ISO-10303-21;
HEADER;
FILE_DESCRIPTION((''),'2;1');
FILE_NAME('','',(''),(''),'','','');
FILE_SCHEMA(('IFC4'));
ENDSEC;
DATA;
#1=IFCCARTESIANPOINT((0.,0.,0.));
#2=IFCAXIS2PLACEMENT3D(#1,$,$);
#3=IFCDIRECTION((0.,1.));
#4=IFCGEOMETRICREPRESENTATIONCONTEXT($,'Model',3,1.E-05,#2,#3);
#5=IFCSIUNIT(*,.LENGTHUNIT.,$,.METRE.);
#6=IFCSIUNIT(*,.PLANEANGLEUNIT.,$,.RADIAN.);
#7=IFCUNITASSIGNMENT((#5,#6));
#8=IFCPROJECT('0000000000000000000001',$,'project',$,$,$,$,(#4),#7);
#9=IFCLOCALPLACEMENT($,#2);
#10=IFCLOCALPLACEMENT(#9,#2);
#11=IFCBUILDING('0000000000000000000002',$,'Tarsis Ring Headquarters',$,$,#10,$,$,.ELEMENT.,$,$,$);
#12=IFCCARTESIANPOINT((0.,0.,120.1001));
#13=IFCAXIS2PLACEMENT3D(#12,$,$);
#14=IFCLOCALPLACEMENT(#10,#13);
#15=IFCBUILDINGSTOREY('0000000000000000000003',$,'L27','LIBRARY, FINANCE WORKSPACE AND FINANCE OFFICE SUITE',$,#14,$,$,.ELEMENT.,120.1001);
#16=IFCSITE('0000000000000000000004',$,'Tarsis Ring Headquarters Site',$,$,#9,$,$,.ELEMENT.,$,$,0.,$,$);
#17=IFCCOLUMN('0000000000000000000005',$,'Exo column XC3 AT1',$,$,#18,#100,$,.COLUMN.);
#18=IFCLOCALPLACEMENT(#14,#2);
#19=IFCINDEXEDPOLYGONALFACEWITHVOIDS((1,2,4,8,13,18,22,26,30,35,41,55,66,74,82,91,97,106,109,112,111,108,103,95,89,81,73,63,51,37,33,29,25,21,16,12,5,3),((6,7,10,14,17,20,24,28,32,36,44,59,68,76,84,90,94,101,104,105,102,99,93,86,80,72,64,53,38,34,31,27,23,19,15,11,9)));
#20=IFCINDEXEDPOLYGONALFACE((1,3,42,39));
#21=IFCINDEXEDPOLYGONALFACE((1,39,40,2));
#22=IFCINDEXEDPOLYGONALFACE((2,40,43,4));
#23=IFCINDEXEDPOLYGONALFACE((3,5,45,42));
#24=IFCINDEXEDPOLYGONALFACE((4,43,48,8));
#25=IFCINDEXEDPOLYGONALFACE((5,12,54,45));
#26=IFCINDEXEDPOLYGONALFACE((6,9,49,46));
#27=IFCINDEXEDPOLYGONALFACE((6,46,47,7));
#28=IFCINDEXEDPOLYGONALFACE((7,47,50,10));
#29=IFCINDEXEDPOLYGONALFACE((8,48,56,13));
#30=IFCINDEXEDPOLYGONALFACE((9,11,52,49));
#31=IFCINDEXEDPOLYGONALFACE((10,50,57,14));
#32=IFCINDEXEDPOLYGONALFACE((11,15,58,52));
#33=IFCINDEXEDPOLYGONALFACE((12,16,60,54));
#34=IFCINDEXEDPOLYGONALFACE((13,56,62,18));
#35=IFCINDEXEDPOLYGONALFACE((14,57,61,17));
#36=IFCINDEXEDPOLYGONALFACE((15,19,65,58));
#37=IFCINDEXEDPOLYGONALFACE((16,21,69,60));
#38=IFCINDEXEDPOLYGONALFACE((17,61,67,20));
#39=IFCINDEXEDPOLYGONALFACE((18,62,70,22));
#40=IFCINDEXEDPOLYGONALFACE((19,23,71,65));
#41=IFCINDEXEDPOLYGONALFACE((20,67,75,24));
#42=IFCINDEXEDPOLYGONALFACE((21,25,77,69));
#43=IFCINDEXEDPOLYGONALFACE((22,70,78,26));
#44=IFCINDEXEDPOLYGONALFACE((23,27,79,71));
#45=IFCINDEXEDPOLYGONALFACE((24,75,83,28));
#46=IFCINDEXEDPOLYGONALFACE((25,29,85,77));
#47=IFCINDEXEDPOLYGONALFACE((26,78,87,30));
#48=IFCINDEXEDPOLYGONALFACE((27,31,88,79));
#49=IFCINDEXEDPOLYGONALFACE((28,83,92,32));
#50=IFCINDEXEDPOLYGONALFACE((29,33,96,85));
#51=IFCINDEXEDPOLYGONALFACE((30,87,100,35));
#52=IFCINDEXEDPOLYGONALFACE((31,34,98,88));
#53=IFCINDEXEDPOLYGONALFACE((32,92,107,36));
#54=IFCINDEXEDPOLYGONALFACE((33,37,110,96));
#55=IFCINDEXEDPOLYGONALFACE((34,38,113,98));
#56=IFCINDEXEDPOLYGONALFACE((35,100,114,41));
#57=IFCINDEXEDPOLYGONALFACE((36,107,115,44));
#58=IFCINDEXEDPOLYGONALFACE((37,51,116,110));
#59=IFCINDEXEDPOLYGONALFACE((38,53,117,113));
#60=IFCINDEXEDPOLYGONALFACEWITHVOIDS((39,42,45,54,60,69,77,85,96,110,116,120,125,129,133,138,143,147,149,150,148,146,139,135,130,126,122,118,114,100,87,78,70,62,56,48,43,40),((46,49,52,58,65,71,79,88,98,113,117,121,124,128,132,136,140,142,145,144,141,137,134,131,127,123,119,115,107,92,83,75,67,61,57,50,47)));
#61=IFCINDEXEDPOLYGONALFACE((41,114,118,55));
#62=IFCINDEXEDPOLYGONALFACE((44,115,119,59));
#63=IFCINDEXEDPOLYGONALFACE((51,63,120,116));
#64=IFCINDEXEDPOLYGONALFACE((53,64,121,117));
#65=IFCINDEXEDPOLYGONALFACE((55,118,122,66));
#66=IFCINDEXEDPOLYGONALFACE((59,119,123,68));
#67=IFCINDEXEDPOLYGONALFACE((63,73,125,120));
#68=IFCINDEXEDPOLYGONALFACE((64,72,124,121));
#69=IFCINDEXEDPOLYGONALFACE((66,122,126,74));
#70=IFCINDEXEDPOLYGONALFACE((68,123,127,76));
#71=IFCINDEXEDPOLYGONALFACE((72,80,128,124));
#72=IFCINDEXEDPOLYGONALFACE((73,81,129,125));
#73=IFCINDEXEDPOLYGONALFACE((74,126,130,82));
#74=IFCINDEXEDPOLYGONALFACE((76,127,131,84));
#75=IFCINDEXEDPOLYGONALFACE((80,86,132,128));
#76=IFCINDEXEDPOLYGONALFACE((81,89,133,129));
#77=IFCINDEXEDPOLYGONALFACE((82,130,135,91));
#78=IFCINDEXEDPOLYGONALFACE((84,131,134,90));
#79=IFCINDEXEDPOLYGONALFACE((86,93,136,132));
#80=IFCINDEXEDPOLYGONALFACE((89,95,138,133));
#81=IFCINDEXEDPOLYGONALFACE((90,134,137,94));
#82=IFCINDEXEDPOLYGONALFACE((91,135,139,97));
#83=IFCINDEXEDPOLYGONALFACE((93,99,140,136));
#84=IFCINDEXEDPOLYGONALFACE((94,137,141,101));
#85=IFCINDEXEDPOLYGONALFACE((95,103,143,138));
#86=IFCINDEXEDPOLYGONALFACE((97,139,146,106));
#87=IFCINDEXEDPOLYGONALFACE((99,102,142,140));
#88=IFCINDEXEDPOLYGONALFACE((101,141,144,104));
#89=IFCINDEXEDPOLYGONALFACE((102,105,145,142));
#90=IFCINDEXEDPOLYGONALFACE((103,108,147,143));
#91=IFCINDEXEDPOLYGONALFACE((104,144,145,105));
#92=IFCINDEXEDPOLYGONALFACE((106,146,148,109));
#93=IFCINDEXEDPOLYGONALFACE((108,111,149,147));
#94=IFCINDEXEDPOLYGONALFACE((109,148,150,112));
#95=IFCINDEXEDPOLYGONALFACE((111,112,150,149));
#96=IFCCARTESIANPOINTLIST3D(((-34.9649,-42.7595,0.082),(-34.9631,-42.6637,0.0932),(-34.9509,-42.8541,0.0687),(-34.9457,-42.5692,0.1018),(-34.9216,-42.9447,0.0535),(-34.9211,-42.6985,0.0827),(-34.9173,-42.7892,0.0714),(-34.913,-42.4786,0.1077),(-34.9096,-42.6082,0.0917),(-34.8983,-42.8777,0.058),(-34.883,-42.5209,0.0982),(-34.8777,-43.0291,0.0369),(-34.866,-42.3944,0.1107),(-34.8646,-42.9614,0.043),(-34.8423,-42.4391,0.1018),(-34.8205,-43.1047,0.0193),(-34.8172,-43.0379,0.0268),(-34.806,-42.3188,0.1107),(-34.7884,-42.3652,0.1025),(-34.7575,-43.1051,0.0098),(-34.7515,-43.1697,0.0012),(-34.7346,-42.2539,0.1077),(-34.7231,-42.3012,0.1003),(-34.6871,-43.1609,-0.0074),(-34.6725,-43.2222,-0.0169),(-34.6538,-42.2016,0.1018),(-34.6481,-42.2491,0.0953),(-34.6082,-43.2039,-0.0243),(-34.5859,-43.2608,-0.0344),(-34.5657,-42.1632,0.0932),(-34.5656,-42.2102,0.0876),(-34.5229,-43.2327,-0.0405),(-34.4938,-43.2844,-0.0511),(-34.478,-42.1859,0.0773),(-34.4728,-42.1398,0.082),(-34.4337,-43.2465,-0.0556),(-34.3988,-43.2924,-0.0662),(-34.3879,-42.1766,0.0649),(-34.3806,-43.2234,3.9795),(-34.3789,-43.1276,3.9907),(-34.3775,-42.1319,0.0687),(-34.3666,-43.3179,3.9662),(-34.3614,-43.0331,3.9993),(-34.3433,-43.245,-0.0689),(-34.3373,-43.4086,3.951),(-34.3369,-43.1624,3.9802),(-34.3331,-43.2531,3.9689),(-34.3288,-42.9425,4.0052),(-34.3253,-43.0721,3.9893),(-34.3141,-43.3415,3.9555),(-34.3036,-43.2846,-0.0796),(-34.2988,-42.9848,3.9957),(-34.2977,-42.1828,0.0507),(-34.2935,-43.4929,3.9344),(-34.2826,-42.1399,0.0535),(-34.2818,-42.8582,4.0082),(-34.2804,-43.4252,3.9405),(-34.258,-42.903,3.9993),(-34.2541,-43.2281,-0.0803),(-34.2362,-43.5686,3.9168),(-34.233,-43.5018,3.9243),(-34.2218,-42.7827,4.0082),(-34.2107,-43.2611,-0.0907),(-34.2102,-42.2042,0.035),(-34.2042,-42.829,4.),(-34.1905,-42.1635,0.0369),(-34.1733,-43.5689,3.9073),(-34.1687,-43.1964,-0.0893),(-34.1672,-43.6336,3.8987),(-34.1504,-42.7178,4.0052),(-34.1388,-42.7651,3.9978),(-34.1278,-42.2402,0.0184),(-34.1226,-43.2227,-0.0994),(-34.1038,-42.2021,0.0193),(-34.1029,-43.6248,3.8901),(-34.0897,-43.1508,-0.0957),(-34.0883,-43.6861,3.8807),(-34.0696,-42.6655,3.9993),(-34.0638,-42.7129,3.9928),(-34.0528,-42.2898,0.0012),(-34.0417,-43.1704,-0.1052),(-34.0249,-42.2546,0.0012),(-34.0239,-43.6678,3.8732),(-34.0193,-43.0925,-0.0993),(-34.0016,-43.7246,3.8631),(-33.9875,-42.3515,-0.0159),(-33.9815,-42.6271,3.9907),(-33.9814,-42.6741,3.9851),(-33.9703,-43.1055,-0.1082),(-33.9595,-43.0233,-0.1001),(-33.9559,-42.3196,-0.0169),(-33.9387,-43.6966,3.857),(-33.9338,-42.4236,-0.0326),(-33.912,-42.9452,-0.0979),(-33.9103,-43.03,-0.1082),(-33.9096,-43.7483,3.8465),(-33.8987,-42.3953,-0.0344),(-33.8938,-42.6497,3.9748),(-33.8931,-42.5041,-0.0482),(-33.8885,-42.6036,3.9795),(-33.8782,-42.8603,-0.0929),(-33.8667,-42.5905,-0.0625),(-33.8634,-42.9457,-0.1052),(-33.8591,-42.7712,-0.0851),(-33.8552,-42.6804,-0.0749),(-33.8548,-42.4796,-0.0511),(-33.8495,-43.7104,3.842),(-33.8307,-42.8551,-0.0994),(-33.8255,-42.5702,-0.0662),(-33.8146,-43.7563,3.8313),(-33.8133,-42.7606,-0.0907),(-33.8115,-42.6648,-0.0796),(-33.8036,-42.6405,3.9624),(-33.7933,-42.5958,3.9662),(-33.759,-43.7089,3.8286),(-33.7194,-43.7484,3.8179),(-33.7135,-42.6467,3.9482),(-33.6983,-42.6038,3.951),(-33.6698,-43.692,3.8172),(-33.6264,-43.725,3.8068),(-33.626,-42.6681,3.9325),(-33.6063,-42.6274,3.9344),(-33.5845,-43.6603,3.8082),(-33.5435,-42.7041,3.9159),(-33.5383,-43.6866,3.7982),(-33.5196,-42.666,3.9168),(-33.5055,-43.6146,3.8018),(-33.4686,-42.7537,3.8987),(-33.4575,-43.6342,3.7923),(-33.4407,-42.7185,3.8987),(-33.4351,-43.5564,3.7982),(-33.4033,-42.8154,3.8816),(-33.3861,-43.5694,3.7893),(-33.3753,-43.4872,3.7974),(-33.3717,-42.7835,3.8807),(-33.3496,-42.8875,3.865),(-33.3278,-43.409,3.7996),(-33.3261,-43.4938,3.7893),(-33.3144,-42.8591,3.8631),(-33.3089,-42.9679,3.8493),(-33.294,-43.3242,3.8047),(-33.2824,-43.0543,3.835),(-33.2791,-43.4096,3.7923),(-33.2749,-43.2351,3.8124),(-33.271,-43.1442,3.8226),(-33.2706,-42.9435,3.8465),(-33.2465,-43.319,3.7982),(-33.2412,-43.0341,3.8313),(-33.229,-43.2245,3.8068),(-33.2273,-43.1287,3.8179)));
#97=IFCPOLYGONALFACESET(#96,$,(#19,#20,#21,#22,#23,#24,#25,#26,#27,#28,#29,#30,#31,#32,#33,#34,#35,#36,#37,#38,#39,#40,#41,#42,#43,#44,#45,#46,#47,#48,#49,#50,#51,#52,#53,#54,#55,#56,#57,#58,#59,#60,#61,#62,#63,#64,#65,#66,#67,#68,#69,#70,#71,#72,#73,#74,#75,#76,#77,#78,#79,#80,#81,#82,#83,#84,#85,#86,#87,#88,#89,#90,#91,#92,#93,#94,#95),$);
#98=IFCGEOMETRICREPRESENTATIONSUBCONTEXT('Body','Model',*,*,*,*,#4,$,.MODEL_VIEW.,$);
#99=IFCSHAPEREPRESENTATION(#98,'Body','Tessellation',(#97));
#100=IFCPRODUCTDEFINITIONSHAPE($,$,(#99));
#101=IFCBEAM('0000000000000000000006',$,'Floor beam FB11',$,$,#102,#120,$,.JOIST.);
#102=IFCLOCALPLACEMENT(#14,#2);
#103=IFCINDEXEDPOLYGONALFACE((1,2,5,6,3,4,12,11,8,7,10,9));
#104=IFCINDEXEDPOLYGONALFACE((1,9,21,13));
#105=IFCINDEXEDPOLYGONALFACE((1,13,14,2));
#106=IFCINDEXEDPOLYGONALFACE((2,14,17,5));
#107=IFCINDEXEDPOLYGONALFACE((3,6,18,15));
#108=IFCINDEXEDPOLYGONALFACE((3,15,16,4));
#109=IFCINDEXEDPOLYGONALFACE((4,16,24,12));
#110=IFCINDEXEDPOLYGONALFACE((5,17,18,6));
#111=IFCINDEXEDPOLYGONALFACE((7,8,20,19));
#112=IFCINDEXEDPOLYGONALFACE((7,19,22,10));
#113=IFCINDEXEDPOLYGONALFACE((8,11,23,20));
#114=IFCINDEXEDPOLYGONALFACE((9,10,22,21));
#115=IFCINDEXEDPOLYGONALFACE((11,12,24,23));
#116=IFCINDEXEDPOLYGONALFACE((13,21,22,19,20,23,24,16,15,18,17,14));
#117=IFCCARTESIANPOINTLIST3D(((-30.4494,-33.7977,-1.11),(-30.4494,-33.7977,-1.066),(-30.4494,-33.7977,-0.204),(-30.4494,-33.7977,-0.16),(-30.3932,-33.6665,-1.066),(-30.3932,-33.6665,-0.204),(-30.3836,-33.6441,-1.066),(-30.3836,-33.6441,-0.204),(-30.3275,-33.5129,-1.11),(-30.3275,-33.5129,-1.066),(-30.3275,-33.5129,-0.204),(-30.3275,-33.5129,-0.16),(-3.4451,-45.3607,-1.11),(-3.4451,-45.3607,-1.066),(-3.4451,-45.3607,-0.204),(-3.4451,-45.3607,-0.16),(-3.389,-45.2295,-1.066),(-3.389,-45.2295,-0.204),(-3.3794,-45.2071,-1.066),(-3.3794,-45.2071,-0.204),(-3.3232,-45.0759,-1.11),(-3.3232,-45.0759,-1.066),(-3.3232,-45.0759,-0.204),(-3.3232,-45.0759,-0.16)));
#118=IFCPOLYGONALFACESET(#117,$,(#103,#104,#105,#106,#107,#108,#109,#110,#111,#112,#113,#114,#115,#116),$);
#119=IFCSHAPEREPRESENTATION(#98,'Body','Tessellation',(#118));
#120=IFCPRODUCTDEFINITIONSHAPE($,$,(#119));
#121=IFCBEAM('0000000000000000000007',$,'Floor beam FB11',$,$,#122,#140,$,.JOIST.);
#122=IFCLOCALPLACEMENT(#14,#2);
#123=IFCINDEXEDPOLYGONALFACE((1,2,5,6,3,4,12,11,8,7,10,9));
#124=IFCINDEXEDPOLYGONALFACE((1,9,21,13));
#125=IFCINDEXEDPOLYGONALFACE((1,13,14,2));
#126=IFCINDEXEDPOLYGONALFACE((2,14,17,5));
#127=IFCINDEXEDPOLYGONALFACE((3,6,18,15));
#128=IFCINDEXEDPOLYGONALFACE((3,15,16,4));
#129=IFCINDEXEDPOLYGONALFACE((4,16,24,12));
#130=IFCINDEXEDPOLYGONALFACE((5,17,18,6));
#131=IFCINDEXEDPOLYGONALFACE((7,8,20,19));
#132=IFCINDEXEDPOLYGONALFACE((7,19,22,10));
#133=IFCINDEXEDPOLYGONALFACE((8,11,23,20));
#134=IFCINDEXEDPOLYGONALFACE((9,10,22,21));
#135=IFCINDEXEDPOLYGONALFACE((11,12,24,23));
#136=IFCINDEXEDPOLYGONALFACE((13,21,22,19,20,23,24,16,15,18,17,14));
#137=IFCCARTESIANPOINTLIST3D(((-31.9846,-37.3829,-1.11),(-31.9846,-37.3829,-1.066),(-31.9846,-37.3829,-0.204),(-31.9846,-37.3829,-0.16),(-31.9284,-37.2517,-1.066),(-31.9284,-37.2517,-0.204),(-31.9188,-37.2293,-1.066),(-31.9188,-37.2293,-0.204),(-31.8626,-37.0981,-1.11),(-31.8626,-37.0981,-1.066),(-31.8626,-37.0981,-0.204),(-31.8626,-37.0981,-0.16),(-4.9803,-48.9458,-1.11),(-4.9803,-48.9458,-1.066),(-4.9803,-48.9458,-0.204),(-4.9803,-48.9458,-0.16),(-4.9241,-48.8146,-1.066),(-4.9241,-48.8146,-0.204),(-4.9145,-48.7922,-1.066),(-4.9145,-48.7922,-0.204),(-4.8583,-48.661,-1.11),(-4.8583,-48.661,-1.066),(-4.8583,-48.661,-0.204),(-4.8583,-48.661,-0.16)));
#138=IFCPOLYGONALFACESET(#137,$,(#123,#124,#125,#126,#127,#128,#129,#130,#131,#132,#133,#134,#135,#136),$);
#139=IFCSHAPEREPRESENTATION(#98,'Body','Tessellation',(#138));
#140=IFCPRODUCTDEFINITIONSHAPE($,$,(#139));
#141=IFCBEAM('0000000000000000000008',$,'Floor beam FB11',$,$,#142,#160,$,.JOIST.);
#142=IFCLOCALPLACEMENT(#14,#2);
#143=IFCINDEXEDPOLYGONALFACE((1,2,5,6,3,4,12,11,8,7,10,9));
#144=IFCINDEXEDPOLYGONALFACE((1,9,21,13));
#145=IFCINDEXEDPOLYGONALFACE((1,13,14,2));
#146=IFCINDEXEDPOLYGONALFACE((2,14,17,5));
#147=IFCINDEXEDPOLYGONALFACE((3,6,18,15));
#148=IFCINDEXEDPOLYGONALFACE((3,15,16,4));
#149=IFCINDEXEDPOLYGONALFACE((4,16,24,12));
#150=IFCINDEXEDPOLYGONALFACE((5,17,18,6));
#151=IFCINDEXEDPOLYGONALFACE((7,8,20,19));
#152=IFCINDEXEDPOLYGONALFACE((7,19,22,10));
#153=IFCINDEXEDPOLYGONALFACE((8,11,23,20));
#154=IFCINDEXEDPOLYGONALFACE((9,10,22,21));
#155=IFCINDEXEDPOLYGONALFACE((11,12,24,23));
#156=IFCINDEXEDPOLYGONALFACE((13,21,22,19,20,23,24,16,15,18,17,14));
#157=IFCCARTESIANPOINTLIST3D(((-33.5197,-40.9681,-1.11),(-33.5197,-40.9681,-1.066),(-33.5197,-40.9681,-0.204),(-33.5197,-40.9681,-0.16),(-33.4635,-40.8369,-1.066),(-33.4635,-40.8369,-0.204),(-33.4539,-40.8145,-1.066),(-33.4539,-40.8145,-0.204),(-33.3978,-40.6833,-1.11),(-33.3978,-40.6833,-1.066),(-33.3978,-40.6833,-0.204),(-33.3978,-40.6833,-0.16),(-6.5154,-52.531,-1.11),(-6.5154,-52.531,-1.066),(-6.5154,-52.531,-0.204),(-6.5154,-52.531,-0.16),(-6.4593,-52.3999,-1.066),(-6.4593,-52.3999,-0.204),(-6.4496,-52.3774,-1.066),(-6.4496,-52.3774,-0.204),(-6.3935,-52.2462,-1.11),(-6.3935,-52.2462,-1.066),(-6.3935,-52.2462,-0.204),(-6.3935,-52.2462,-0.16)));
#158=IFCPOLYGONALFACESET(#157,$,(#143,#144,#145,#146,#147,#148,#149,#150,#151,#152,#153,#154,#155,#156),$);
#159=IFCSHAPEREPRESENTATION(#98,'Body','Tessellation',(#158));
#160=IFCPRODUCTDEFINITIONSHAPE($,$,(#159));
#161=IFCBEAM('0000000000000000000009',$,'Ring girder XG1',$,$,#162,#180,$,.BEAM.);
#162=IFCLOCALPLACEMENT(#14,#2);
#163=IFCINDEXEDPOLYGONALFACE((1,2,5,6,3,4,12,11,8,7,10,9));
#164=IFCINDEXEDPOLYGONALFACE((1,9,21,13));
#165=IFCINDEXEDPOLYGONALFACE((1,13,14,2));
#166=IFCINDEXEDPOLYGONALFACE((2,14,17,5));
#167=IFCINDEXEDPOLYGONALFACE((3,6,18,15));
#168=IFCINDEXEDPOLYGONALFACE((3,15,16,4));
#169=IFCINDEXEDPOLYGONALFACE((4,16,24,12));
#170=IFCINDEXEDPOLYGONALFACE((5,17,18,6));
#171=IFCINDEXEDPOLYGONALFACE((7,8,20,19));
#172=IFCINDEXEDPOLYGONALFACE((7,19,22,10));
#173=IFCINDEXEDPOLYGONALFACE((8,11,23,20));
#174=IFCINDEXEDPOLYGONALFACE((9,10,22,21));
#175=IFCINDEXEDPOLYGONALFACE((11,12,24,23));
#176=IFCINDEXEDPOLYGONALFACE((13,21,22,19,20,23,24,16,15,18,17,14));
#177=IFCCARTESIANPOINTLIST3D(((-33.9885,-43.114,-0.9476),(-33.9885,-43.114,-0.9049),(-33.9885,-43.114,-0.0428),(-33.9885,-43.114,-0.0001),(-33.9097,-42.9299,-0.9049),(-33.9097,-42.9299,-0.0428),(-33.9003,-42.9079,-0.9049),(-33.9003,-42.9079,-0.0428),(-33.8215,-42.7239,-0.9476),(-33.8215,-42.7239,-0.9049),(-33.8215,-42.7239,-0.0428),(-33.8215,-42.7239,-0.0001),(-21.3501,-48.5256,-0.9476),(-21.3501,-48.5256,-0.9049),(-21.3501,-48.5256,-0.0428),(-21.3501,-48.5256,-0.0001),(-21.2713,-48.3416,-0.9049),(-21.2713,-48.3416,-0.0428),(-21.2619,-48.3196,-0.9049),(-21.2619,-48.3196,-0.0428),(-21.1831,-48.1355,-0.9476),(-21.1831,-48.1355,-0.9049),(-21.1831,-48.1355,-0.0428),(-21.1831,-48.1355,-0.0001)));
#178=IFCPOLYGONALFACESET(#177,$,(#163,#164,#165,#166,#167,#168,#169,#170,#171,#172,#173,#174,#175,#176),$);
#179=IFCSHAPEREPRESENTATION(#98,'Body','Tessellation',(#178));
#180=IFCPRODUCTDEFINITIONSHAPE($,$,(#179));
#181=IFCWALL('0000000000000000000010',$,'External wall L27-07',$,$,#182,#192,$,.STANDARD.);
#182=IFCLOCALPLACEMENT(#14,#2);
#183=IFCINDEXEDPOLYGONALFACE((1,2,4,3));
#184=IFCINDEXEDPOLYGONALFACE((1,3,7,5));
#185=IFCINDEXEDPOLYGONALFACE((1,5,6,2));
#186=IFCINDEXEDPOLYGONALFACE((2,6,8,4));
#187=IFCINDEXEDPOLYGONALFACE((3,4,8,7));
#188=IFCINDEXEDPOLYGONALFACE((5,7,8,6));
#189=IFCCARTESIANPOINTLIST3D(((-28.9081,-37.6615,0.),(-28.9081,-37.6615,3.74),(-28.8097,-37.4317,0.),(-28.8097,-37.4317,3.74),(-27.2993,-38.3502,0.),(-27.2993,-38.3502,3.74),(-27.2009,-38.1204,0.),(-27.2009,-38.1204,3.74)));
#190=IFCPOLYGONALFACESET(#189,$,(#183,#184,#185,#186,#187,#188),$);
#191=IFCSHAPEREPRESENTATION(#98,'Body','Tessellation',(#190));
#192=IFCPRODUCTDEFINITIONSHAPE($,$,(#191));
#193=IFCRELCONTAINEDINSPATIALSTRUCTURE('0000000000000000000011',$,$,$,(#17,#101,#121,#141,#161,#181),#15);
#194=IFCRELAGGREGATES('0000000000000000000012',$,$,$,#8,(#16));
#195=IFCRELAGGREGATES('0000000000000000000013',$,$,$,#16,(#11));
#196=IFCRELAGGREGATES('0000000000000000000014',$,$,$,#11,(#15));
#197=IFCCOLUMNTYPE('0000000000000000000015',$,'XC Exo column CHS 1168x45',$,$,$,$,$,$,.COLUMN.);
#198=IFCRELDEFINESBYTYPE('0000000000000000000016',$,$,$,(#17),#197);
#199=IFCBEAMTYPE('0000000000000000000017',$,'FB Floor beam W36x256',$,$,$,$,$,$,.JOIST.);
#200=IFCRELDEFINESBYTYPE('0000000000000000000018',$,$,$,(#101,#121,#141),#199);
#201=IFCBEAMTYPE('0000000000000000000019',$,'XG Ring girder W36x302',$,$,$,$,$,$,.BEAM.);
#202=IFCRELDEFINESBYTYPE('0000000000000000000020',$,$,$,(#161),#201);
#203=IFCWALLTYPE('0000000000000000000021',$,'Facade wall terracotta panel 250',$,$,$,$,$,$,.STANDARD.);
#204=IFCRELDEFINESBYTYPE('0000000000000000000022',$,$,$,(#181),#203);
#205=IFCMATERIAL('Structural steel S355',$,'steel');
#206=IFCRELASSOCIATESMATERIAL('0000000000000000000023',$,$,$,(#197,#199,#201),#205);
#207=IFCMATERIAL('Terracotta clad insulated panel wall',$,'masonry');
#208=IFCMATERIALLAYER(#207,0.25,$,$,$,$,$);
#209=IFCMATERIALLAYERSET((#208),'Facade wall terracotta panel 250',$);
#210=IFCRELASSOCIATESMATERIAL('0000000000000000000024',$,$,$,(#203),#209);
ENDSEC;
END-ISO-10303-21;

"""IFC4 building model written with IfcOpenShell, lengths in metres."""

from ifc_helpers import new_model, si_unit, direction, frame, frame_2d, origin, origin_2d, place, context, subcontext, project, spatial, rectangle, hollow_circle, i_section, extrude, material, layer, layer_set, material_profile, profile_set, type_object, element, save


model = new_model("IFC4")

# Units and contexts
model_context = context("Model", 3, precision=1e-05, world=origin(), true_north=direction((0.0, 1.0)))
body_context = subcontext(model_context, "Body", "Model", "MODEL_VIEW")
ifc_project = project(units=[si_unit("LENGTHUNIT", "METRE"), si_unit("PLANEANGLEUNIT", "RADIAN")], contexts=[model_context])

# Site, building, storey
site_placement = place(None, origin())
site = spatial("IfcSite", under=ifc_project, at=site_placement, Name="Tarsis Ring Headquarters Site", CompositionType="ELEMENT", RefElevation=0.0)
building_placement = place(site_placement, origin())
building = spatial("IfcBuilding", under=site, at=building_placement, Name="Tarsis Ring Headquarters", CompositionType="ELEMENT")
storey_placement = place(building_placement, frame((0.0, 0.0, 120.1001)))
storey = spatial("IfcBuildingStorey", under=building, at=storey_placement, Name="L27", Description="LIBRARY, FINANCE WORKSPACE AND FINANCE OFFICE SUITE", CompositionType="ELEMENT", Elevation=120.1001)

# Column
ifc_material_1 = material(Name="Structural steel S355", Category="steel")
ifc_material_profile_1 = material_profile(ifc_material_1, hollow_circle(Radius=0.5842, WallThickness=0.0449, at=origin_2d()), Name="CHS 1168x45")
ifc_profile_set_1 = profile_set([ifc_material_profile_1], Name="Structural steel S355")
column_type = type_object("IfcColumnType", Name="XC Exo column CHS 1168x45", PredefinedType="COLUMN", material=ifc_profile_set_1)
column_placement = place(storey_placement, frame((-34.3882, -42.7122, 0.0012), z_axis=(0.147227, -0.116896, 0.982171), x_axis=(0.621817, 0.783162, 0.0)))
element("IfcColumn", 1, at=column_placement, inside=storey, type_object=column_type, Name="Exo column XC3 AT1", PredefinedType="COLUMN", context=body_context, shape_type="SweptSolid", body=[
    extrude(hollow_circle(Radius=0.5842, WallThickness=0.0449, at=origin_2d()), origin(), (0.0, 0.0, 1.0), 3.9683),
])

# Beams
ifc_material_profile_2 = material_profile(ifc_material_1, i_section(OverallWidth=0.3098, OverallDepth=0.95, WebThickness=0.0244, FlangeThickness=0.0439, at=origin_2d()), Name="W36x256")
ifc_profile_set_2 = profile_set([ifc_material_profile_2], Name="Structural steel S355")
beam_type_1 = type_object("IfcBeamType", Name="FB Floor beam W36x256", PredefinedType="JOIST", material=ifc_profile_set_2)
for number, where, z_axis, x_axis, name in (
    (2, (-30.3884, -33.6553, -0.635), (0.919271, -0.393625, 0.0), (0.393625, 0.919271, 0.0), "Floor beam FB11"),
    (3, (-31.9236, -37.2405, -0.635), (0.919272, -0.393622, 0.0), (0.393622, 0.919272, 0.0), "Floor beam FB11"),
    (4, (-33.4587, -40.8257, -0.635), (0.919272, -0.393622, 0.0), (0.393622, 0.919272, 0.0), "Floor beam FB11"),
):
    element("IfcBeam", number, at=place(storey_placement, frame(where, z_axis=z_axis, x_axis=x_axis)), inside=storey, type_object=beam_type_1, Name=name, PredefinedType="JOIST", context=body_context, shape_type="SweptSolid", body=[
        extrude(i_section(OverallWidth=0.3098, OverallDepth=0.95, WebThickness=0.0244, FlangeThickness=0.0439, at=origin_2d()), origin(), (0.0, 0.0, 1.0), 29.3757),
    ])
ifc_material_profile_3 = material_profile(ifc_material_1, i_section(OverallWidth=0.4243, OverallDepth=0.9475, WebThickness=0.0239, FlangeThickness=0.0427, at=origin_2d()), Name="W36x302")
ifc_profile_set_3 = profile_set([ifc_material_profile_3], Name="Structural steel S355")
beam_type_2 = type_object("IfcBeamType", Name="XG Ring girder W36x302", PredefinedType="BEAM", material=ifc_profile_set_3)
beam_placement = place(storey_placement, frame((-33.905, -42.9189, -0.4739), z_axis=(0.919273, -0.393621, 0.0), x_axis=(0.393621, 0.919273, 0.0)))
element("IfcBeam", 5, at=beam_placement, inside=storey, type_object=beam_type_2, Name="Ring girder XG1", PredefinedType="BEAM", context=body_context, shape_type="SweptSolid", body=[
    extrude(i_section(OverallWidth=0.4243, OverallDepth=0.9475, WebThickness=0.0239, FlangeThickness=0.0427, at=origin_2d()), origin(), (0.0, 0.0, 1.0), 13.7483),
])

# Wall
ifc_material_2 = material(Name="Terracotta clad insulated panel wall", Category="masonry")
ifc_layer = layer(ifc_material_2, 0.25)
ifc_layer_set = layer_set([ifc_layer], Name="Facade wall terracotta panel 250")
wall_type = type_object("IfcWallType", Name="Facade wall terracotta panel 250", PredefinedType="STANDARD", material=ifc_layer_set)
for number, where, z_axis, x_axis, name in (
    (6, (-28.8589, -37.5466, 0.0), (0.0, 0.0, 1.0), (0.919311, -0.393532, 0.0), "External wall L27-07"),
):
    element("IfcWall", number, at=place(storey_placement, frame(where, z_axis=z_axis, x_axis=x_axis)), inside=storey, type_object=wall_type, Name=name, PredefinedType="STANDARD", context=body_context, shape_type="SweptSolid", body=[
        extrude(rectangle(XDim=1.75, YDim=0.25, at=frame_2d((0.875, 0.0))), origin(), (0.0, 0.0, 1.0), 3.74),
    ])

save(model, "model.ifc")
